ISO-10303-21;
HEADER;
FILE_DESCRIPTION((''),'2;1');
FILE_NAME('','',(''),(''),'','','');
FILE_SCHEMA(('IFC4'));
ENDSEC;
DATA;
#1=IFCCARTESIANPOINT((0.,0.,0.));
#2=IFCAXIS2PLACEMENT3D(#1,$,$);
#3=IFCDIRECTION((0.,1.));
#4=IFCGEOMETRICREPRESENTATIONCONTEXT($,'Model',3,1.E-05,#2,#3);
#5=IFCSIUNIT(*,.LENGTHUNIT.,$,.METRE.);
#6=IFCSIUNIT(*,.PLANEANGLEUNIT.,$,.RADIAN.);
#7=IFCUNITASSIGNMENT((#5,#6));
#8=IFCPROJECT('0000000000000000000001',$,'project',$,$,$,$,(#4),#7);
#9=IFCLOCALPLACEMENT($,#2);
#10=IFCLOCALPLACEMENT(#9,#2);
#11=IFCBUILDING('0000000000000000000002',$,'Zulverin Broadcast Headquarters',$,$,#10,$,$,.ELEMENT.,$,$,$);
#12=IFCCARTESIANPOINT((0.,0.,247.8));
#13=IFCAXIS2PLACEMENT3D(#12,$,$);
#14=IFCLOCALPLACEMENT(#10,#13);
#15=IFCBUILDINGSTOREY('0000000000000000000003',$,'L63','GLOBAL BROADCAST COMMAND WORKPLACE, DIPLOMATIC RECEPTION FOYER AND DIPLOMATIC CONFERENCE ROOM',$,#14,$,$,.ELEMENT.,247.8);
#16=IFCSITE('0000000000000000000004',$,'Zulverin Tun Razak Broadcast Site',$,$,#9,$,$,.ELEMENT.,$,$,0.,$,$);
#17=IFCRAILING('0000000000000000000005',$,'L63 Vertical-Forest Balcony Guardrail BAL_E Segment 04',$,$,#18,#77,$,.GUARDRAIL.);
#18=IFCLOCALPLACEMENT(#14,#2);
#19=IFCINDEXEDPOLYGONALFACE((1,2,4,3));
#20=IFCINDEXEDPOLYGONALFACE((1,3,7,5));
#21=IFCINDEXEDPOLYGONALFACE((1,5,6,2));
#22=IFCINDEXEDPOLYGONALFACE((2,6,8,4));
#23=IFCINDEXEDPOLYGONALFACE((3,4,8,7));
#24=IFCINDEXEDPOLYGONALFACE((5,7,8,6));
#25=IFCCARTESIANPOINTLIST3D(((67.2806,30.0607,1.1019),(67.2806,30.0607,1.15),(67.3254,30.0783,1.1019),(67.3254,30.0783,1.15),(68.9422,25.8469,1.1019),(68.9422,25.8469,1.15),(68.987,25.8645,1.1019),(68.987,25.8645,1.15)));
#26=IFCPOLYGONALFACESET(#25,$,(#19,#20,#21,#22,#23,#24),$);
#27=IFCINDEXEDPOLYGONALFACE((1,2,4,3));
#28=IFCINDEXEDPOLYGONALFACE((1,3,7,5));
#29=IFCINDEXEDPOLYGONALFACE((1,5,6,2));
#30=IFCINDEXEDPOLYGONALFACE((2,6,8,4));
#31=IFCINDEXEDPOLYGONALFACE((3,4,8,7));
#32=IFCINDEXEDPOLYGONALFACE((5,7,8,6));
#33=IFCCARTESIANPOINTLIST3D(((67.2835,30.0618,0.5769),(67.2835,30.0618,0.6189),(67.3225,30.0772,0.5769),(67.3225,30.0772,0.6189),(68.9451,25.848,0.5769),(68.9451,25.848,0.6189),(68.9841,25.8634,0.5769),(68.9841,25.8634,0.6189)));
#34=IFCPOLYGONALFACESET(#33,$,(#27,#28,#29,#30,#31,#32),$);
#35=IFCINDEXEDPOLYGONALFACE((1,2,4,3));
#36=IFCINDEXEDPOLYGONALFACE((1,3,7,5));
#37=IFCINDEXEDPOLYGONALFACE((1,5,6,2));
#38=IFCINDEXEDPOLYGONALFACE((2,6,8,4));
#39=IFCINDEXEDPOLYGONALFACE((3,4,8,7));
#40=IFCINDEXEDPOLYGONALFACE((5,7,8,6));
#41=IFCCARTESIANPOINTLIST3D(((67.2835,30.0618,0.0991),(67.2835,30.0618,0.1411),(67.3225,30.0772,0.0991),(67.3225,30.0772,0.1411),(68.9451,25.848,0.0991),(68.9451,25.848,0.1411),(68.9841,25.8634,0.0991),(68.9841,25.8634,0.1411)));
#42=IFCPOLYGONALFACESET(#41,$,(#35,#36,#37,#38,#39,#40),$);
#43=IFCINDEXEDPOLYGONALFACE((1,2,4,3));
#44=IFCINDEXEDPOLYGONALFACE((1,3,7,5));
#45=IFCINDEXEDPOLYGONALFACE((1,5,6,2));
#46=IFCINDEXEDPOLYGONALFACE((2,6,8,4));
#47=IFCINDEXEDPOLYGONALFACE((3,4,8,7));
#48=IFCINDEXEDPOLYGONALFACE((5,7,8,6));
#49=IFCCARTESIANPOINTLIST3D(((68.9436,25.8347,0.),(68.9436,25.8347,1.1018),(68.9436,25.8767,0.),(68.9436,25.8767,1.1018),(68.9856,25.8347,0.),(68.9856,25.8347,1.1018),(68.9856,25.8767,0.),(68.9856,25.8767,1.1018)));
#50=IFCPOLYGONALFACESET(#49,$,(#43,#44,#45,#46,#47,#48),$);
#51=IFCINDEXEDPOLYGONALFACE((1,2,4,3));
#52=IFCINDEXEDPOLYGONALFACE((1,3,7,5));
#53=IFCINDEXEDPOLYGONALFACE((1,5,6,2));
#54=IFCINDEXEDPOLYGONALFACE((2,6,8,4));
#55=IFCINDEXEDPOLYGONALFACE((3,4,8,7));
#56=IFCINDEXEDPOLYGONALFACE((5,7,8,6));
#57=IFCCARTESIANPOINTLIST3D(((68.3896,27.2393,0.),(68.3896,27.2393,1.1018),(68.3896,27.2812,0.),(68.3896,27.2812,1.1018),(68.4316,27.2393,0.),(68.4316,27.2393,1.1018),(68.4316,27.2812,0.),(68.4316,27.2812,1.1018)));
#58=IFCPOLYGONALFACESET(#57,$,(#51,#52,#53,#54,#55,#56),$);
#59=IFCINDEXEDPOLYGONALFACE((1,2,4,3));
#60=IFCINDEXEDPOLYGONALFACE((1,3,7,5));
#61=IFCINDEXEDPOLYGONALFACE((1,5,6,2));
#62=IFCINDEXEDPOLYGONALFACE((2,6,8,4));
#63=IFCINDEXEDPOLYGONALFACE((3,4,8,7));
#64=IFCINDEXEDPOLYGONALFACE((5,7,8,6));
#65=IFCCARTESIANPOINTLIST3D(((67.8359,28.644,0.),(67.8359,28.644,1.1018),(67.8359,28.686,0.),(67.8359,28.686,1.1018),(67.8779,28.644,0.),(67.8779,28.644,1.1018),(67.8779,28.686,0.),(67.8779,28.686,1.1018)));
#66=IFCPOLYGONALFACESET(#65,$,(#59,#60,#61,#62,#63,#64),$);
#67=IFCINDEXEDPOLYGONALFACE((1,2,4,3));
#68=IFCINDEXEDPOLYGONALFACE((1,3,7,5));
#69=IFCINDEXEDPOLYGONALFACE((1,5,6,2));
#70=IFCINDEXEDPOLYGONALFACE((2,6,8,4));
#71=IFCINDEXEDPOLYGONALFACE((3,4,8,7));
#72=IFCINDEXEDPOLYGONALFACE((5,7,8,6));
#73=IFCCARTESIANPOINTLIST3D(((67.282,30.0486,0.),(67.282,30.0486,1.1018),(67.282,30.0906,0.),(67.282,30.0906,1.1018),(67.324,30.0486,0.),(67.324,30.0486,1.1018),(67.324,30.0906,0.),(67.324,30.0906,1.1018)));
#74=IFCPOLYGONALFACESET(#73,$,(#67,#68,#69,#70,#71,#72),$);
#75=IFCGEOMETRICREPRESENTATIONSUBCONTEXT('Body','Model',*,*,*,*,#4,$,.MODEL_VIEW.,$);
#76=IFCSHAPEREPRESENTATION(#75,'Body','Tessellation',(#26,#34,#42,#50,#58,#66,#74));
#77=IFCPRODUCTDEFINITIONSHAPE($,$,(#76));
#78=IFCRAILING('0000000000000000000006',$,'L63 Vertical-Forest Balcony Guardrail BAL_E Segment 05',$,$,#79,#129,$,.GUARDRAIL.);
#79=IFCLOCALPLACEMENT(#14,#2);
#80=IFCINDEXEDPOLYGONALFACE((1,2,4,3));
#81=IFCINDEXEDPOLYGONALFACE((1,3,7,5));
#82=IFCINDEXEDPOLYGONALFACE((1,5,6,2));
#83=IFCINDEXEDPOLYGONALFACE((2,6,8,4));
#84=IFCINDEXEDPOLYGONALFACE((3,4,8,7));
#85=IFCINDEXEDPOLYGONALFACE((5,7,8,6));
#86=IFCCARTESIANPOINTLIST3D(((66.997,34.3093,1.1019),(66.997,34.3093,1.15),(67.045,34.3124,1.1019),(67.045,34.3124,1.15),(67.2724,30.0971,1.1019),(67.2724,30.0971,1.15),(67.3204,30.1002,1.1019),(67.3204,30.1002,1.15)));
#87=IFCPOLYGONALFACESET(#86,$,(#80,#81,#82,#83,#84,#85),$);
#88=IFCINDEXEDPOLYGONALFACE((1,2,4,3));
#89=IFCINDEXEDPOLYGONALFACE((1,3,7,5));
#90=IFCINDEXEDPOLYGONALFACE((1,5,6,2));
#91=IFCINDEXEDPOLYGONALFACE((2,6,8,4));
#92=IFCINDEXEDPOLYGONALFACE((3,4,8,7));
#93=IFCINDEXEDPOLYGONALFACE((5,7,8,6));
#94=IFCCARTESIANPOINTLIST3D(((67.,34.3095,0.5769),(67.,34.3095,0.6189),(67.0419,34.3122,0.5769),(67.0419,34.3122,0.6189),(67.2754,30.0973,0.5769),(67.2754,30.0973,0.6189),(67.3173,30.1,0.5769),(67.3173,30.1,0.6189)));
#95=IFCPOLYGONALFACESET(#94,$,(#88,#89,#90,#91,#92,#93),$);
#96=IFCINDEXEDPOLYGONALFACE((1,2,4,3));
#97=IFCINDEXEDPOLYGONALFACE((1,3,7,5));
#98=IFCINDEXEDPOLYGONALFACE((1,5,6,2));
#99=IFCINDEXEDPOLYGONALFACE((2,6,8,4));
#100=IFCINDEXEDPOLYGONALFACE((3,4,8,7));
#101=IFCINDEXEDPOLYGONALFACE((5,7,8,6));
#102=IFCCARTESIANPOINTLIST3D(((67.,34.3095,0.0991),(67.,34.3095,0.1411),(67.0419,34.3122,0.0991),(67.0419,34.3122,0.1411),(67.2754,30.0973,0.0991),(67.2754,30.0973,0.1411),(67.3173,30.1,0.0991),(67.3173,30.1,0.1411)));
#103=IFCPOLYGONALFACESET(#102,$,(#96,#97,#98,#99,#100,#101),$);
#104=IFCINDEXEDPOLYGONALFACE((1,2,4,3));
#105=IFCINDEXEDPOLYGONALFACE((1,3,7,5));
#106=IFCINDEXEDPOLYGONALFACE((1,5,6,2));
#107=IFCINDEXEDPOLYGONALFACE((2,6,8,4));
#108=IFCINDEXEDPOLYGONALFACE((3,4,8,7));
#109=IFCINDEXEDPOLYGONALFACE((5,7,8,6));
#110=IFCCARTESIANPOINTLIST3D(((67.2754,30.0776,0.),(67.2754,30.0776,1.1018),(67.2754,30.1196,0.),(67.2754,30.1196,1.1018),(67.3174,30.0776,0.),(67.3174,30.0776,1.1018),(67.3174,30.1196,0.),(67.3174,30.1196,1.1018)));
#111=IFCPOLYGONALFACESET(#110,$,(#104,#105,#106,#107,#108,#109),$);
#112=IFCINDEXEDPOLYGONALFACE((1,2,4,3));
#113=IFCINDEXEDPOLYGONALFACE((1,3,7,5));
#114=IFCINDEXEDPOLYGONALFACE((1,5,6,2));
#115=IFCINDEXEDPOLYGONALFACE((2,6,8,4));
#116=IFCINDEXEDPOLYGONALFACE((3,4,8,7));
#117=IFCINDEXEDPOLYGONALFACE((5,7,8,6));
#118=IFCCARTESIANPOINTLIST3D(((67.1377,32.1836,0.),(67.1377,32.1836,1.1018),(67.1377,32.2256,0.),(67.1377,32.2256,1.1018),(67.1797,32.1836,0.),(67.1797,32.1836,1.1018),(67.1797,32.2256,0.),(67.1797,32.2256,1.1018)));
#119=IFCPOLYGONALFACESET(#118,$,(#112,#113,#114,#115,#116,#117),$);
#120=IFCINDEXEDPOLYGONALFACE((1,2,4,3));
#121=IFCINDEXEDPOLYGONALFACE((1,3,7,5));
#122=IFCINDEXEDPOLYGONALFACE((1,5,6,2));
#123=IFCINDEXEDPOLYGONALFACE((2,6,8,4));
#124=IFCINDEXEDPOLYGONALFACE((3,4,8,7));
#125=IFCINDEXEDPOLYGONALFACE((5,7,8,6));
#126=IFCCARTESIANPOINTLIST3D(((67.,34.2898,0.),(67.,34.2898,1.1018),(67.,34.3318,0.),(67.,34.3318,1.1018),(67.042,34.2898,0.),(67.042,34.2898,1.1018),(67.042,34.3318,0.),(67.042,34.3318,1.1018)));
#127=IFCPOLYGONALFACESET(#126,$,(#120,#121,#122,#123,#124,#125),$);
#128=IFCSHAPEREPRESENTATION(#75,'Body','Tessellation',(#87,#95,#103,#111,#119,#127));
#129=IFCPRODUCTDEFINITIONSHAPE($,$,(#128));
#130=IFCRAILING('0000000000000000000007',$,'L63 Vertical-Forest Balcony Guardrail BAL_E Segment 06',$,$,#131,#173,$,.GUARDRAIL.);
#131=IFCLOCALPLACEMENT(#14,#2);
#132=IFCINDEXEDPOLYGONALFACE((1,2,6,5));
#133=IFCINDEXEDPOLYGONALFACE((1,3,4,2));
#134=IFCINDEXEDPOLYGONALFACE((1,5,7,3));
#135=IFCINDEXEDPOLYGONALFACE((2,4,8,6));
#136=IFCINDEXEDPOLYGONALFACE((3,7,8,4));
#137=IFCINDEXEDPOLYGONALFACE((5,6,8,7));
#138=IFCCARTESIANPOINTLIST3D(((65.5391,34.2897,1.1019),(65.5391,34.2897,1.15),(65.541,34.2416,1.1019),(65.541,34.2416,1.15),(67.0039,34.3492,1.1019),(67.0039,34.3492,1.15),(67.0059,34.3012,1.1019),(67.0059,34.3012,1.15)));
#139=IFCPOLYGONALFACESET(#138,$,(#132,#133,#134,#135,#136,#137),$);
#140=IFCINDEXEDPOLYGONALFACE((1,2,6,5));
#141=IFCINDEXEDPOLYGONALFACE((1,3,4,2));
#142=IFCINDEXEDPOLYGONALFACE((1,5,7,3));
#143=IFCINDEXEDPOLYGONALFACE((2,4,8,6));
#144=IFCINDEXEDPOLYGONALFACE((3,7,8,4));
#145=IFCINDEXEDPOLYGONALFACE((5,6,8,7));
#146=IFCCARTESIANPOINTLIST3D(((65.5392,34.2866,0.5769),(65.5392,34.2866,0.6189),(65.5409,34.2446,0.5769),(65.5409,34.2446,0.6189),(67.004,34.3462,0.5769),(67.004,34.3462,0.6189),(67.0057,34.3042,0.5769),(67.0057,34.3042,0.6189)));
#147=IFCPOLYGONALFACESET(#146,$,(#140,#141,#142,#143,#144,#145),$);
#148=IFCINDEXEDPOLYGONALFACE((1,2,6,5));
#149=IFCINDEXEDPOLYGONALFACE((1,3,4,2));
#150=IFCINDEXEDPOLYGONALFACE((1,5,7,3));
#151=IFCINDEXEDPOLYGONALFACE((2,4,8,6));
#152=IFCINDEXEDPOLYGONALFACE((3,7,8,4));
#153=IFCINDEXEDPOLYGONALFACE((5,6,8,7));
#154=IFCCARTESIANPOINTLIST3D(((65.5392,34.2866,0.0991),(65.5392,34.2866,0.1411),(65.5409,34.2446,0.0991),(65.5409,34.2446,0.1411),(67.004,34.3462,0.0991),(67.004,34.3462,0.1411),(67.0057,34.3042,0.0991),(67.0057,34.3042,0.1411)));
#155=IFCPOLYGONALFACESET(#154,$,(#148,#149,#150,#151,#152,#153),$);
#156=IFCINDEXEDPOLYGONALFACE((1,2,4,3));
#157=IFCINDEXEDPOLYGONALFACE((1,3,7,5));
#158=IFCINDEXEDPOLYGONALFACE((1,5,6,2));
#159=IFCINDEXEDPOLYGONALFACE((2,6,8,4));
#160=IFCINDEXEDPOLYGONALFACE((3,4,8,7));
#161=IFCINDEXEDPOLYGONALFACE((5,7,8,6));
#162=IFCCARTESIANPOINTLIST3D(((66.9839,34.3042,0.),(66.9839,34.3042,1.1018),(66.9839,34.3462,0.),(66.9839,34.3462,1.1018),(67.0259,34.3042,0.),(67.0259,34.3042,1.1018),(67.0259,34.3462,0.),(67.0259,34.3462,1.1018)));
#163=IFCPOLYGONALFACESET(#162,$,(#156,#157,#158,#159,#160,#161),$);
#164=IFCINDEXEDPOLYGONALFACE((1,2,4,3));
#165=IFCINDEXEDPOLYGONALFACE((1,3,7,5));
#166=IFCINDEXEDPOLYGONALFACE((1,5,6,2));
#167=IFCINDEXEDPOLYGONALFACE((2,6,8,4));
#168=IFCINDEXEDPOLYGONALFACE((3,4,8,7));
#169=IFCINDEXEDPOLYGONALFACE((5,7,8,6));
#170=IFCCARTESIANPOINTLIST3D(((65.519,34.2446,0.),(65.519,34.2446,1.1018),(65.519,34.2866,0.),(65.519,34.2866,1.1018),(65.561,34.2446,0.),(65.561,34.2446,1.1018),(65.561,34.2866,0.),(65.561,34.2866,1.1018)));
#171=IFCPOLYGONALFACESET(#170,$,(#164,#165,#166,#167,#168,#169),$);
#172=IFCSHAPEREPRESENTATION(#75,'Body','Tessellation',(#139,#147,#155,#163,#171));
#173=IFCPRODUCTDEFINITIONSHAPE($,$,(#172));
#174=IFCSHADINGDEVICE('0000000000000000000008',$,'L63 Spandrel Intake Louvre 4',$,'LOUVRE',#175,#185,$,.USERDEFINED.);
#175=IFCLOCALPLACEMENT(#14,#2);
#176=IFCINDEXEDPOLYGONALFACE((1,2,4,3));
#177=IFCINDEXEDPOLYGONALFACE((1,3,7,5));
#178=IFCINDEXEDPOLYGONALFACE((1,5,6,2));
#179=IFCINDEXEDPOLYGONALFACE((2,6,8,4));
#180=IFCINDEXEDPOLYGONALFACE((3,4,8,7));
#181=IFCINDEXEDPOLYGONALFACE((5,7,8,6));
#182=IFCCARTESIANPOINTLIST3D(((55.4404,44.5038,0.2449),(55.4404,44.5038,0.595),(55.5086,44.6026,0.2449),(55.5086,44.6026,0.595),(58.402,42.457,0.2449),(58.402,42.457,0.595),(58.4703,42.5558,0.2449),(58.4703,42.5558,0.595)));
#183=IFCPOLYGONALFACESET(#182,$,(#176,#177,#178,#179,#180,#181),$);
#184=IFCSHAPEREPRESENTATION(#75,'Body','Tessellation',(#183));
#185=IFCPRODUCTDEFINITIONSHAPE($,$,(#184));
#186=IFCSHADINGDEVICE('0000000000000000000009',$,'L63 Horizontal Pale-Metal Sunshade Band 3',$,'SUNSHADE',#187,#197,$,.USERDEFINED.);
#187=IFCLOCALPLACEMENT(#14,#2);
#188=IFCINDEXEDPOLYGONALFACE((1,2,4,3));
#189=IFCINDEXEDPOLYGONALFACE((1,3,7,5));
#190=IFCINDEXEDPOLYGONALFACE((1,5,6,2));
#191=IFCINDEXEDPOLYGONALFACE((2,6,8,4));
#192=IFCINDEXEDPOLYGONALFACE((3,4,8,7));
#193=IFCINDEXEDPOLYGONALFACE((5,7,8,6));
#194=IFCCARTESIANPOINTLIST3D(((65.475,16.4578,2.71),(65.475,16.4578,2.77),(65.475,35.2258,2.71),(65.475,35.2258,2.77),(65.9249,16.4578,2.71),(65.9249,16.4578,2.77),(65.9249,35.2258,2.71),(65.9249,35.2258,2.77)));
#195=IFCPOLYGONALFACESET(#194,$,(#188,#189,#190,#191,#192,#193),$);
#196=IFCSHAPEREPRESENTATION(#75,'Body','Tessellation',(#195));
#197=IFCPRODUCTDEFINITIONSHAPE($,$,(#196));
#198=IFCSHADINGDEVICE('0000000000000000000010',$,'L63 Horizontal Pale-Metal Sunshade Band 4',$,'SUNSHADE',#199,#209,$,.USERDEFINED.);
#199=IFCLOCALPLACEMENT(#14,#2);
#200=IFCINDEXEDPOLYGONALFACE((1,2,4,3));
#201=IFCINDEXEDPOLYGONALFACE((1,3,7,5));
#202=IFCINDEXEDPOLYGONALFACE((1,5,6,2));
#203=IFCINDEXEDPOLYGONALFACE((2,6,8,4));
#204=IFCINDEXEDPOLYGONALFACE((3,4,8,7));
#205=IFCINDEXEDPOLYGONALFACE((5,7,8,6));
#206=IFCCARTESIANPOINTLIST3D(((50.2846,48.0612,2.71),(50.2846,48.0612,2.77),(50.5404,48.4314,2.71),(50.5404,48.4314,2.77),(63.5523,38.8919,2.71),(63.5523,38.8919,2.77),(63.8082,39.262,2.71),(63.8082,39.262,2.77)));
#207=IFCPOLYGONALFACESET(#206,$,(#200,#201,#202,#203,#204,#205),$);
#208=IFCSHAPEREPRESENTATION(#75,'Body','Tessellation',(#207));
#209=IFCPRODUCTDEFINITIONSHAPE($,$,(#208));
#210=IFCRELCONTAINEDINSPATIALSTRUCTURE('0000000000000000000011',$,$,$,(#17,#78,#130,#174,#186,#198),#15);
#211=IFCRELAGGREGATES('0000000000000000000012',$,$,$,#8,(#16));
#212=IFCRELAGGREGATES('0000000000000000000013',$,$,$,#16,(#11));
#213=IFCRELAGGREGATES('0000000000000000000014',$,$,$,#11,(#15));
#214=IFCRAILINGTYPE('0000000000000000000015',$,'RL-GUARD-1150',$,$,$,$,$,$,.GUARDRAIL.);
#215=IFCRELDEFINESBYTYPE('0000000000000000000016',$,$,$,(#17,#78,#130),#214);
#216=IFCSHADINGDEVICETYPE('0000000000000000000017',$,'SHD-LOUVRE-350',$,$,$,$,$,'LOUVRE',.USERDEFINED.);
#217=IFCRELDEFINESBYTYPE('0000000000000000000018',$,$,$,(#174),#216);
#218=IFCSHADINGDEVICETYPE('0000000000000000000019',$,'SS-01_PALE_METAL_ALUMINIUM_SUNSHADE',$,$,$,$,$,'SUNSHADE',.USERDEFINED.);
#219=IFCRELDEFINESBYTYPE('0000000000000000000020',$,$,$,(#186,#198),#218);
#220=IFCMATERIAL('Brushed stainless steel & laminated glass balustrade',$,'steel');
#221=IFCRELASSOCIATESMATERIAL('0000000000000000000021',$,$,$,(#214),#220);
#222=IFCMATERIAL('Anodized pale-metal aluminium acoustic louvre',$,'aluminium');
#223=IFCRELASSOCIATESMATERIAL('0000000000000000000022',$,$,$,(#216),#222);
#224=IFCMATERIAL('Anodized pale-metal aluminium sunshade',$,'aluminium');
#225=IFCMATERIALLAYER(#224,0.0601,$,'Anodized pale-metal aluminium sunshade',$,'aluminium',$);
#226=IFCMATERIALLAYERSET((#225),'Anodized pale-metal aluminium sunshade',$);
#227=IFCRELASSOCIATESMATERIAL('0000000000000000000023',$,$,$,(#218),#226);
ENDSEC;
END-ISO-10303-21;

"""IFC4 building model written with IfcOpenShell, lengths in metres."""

from ifc_helpers import new_model, si_unit, direction, frame, origin, origin_2d, place, context, subcontext, project, spatial, rectangle, extrude, material, layer, layer_set, type_object, element, save


model = new_model("IFC4")

# Units and contexts
model_context = context("Model", 3, precision=1e-05, world=origin(), true_north=direction((0.0, 1.0)))
body_context = subcontext(model_context, "Body", "Model", "MODEL_VIEW")
ifc_project = project(units=[si_unit("LENGTHUNIT", "METRE"), si_unit("PLANEANGLEUNIT", "RADIAN")], contexts=[model_context])

# Site, building, storey
site_placement = place(None, origin())
site = spatial("IfcSite", under=ifc_project, at=site_placement, Name="Zulverin Tun Razak Broadcast Site", CompositionType="ELEMENT", RefElevation=0.0)
building_placement = place(site_placement, origin())
building = spatial("IfcBuilding", under=site, at=building_placement, Name="Zulverin Broadcast Headquarters", CompositionType="ELEMENT")
storey_placement = place(building_placement, frame((0.0, 0.0, 247.8)))
storey = spatial("IfcBuildingStorey", under=building, at=storey_placement, Name="L63", Description="GLOBAL BROADCAST COMMAND WORKPLACE, DIPLOMATIC RECEPTION FOYER AND DIPLOMATIC CONFERENCE ROOM", CompositionType="ELEMENT", Elevation=247.8)

# Railings
ifc_material_1 = material(Name="Brushed stainless steel & laminated glass balustrade", Category="steel")
railing_type = type_object("IfcRailingType", Name="RL-GUARD-1150", PredefinedType="GUARDRAIL", material=ifc_material_1)
railing_1_placement = place(storey_placement, frame((68.9646, 25.8557, 0.0)))
element("IfcRailing", 1, at=railing_1_placement, inside=storey, type_object=railing_type, Name="L63 Vertical-Forest Balcony Guardrail BAL_E Segment 04", PredefinedType="GUARDRAIL", context=body_context, shape_type="SweptSolid", body=[
    extrude(rectangle(XDim=0.0481, YDim=0.0481, at=origin_2d()), frame((0.0, 0.0, 1.126), z_axis=(-0.366833, 0.930287, 0.0), x_axis=(-0.930287, -0.366833, 0.0)), (0.0, 0.0, 1.0), 4.5295),
    extrude(rectangle(XDim=0.042, YDim=0.042, at=origin_2d()), frame((0.0, 0.0, 0.5979), z_axis=(-0.366833, 0.930287, 0.0), x_axis=(-0.930287, -0.366833, 0.0)), (0.0, 0.0, 1.0), 4.5295),
    extrude(rectangle(XDim=0.042, YDim=0.042, at=origin_2d()), frame((0.0, 0.0, 0.1201), z_axis=(-0.366833, 0.930287, 0.0), x_axis=(-0.930287, -0.366833, 0.0)), (0.0, 0.0, 1.0), 4.5295),
    extrude(rectangle(XDim=0.042, YDim=0.042, at=origin_2d()), origin(), (0.0, 0.0, 1.0), 1.1018),
    extrude(rectangle(XDim=0.042, YDim=0.042, at=origin_2d()), frame((-0.554, 1.4045, 0.0)), (0.0, 0.0, 1.0), 1.1018),
    extrude(rectangle(XDim=0.042, YDim=0.042, at=origin_2d()), frame((-1.1077, 2.8093, 0.0)), (0.0, 0.0, 1.0), 1.1018),
    extrude(rectangle(XDim=0.042, YDim=0.042, at=origin_2d()), frame((-1.6616, 4.2139, 0.0)), (0.0, 0.0, 1.0), 1.1018),
])
railing_2_placement = place(storey_placement, frame((67.2964, 30.0986, 0.0)))
element("IfcRailing", 2, at=railing_2_placement, inside=storey, type_object=railing_type, Name="L63 Vertical-Forest Balcony Guardrail BAL_E Segment 05", PredefinedType="GUARDRAIL", context=body_context, shape_type="SweptSolid", body=[
    extrude(rectangle(XDim=0.0481, YDim=0.0481, at=origin_2d()), frame((0.0, 0.0, 1.126), z_axis=(-0.065241, 0.99787, 0.0), x_axis=(-0.99787, -0.065241, 0.0)), (0.0, 0.0, 1.0), 4.2212),
    extrude(rectangle(XDim=0.042, YDim=0.042, at=origin_2d()), frame((0.0, 0.0, 0.5979), z_axis=(-0.065241, 0.99787, 0.0), x_axis=(-0.99787, -0.065241, 0.0)), (0.0, 0.0, 1.0), 4.2212),
    extrude(rectangle(XDim=0.042, YDim=0.042, at=origin_2d()), frame((0.0, 0.0, 0.1201), z_axis=(-0.065241, 0.99787, 0.0), x_axis=(-0.99787, -0.065241, 0.0)), (0.0, 0.0, 1.0), 4.2212),
    extrude(rectangle(XDim=0.042, YDim=0.042, at=origin_2d()), origin(), (0.0, 0.0, 1.0), 1.1018),
    extrude(rectangle(XDim=0.042, YDim=0.042, at=origin_2d()), frame((-0.1377, 2.106, 0.0)), (0.0, 0.0, 1.0), 1.1018),
    extrude(rectangle(XDim=0.042, YDim=0.042, at=origin_2d()), frame((-0.2754, 4.2122, 0.0)), (0.0, 0.0, 1.0), 1.1018),
])
railing_3_placement = place(storey_placement, frame((67.0049, 34.3252, 0.0)))
element("IfcRailing", 3, at=railing_3_placement, inside=storey, type_object=railing_type, Name="L63 Vertical-Forest Balcony Guardrail BAL_E Segment 06", PredefinedType="GUARDRAIL", context=body_context, shape_type="SweptSolid", body=[
    extrude(rectangle(XDim=0.0481, YDim=0.0481, at=origin_2d()), frame((0.0, 0.0, 1.126), z_axis=(-0.999174, -0.040633, 0.0), x_axis=(0.040633, -0.999174, 0.0)), (0.0, 0.0, 1.0), 1.4661),
    extrude(rectangle(XDim=0.042, YDim=0.042, at=origin_2d()), frame((0.0, 0.0, 0.5979), z_axis=(-0.999174, -0.040633, 0.0), x_axis=(0.040633, -0.999174, 0.0)), (0.0, 0.0, 1.0), 1.4661),
    extrude(rectangle(XDim=0.042, YDim=0.042, at=origin_2d()), frame((0.0, 0.0, 0.1201), z_axis=(-0.999174, -0.040633, 0.0), x_axis=(0.040633, -0.999174, 0.0)), (0.0, 0.0, 1.0), 1.4661),
    extrude(rectangle(XDim=0.042, YDim=0.042, at=origin_2d()), origin(), (0.0, 0.0, 1.0), 1.1018),
    extrude(rectangle(XDim=0.042, YDim=0.042, at=origin_2d()), frame((-1.4648, -0.0596, 0.0)), (0.0, 0.0, 1.0), 1.1018),
])

# Shading devices
ifc_material_2 = material(Name="Anodized pale-metal aluminium acoustic louvre", Category="aluminium")
shading_device_type_1 = type_object("IfcShadingDeviceType", Name="SHD-LOUVRE-350", ElementType="LOUVRE", PredefinedType="USERDEFINED", material=ifc_material_2)
shading_device_1_placement = place(storey_placement, frame((56.9553, 43.5298, 0.2449), z_axis=(0.0, 0.0, 1.0), x_axis=(-0.822655, 0.56854, 0.0)))
element("IfcShadingDevice", 4, at=shading_device_1_placement, inside=storey, type_object=shading_device_type_1, Name="L63 Spandrel Intake Louvre 4", ObjectType="LOUVRE", PredefinedType="USERDEFINED", context=body_context, shape_type="SweptSolid", body=[
    extrude(rectangle(XDim=3.6001, YDim=0.1201, at=origin_2d()), origin(), (0.0, 0.0, 1.0), 0.3501),
])
ifc_material_3 = material(Name="Anodized pale-metal aluminium sunshade", Category="aluminium")
ifc_layer_1 = layer(ifc_material_3, 0.0601, Name="Anodized pale-metal aluminium sunshade", Category="aluminium")
ifc_layer_set_1 = layer_set([ifc_layer_1], Name="Anodized pale-metal aluminium sunshade")
shading_device_type_2 = type_object("IfcShadingDeviceType", Name="SS-01_PALE_METAL_ALUMINIUM_SUNSHADE", ElementType="SUNSHADE", PredefinedType="USERDEFINED", material=ifc_layer_set_1)
shading_device_2_placement = place(storey_placement, frame((65.7, 25.8418, 2.71), z_axis=(0.0, 0.0, 1.0), x_axis=(0.0, 1.0, 0.0)))
element("IfcShadingDevice", 5, at=shading_device_2_placement, inside=storey, type_object=shading_device_type_2, Name="L63 Horizontal Pale-Metal Sunshade Band 3", ObjectType="SUNSHADE", PredefinedType="USERDEFINED", context=body_context, shape_type="SweptSolid", body=[
    extrude(rectangle(XDim=18.7681, YDim=0.45, at=origin_2d()), origin(), (0.0, 0.0, 1.0), 0.0601),
])
shading_device_3_placement = place(storey_placement, frame((57.0464, 43.6616, 2.71), z_axis=(0.0, 0.0, 1.0), x_axis=(-0.822655, 0.56854, 0.0)))
element("IfcShadingDevice", 6, at=shading_device_3_placement, inside=storey, type_object=shading_device_type_2, Name="L63 Horizontal Pale-Metal Sunshade Band 4", ObjectType="SUNSHADE", PredefinedType="USERDEFINED", context=body_context, shape_type="SweptSolid", body=[
    extrude(rectangle(XDim=16.1279, YDim=0.45, at=origin_2d()), origin(), (0.0, 0.0, 1.0), 0.0601),
])

save(model, "model.ifc")
